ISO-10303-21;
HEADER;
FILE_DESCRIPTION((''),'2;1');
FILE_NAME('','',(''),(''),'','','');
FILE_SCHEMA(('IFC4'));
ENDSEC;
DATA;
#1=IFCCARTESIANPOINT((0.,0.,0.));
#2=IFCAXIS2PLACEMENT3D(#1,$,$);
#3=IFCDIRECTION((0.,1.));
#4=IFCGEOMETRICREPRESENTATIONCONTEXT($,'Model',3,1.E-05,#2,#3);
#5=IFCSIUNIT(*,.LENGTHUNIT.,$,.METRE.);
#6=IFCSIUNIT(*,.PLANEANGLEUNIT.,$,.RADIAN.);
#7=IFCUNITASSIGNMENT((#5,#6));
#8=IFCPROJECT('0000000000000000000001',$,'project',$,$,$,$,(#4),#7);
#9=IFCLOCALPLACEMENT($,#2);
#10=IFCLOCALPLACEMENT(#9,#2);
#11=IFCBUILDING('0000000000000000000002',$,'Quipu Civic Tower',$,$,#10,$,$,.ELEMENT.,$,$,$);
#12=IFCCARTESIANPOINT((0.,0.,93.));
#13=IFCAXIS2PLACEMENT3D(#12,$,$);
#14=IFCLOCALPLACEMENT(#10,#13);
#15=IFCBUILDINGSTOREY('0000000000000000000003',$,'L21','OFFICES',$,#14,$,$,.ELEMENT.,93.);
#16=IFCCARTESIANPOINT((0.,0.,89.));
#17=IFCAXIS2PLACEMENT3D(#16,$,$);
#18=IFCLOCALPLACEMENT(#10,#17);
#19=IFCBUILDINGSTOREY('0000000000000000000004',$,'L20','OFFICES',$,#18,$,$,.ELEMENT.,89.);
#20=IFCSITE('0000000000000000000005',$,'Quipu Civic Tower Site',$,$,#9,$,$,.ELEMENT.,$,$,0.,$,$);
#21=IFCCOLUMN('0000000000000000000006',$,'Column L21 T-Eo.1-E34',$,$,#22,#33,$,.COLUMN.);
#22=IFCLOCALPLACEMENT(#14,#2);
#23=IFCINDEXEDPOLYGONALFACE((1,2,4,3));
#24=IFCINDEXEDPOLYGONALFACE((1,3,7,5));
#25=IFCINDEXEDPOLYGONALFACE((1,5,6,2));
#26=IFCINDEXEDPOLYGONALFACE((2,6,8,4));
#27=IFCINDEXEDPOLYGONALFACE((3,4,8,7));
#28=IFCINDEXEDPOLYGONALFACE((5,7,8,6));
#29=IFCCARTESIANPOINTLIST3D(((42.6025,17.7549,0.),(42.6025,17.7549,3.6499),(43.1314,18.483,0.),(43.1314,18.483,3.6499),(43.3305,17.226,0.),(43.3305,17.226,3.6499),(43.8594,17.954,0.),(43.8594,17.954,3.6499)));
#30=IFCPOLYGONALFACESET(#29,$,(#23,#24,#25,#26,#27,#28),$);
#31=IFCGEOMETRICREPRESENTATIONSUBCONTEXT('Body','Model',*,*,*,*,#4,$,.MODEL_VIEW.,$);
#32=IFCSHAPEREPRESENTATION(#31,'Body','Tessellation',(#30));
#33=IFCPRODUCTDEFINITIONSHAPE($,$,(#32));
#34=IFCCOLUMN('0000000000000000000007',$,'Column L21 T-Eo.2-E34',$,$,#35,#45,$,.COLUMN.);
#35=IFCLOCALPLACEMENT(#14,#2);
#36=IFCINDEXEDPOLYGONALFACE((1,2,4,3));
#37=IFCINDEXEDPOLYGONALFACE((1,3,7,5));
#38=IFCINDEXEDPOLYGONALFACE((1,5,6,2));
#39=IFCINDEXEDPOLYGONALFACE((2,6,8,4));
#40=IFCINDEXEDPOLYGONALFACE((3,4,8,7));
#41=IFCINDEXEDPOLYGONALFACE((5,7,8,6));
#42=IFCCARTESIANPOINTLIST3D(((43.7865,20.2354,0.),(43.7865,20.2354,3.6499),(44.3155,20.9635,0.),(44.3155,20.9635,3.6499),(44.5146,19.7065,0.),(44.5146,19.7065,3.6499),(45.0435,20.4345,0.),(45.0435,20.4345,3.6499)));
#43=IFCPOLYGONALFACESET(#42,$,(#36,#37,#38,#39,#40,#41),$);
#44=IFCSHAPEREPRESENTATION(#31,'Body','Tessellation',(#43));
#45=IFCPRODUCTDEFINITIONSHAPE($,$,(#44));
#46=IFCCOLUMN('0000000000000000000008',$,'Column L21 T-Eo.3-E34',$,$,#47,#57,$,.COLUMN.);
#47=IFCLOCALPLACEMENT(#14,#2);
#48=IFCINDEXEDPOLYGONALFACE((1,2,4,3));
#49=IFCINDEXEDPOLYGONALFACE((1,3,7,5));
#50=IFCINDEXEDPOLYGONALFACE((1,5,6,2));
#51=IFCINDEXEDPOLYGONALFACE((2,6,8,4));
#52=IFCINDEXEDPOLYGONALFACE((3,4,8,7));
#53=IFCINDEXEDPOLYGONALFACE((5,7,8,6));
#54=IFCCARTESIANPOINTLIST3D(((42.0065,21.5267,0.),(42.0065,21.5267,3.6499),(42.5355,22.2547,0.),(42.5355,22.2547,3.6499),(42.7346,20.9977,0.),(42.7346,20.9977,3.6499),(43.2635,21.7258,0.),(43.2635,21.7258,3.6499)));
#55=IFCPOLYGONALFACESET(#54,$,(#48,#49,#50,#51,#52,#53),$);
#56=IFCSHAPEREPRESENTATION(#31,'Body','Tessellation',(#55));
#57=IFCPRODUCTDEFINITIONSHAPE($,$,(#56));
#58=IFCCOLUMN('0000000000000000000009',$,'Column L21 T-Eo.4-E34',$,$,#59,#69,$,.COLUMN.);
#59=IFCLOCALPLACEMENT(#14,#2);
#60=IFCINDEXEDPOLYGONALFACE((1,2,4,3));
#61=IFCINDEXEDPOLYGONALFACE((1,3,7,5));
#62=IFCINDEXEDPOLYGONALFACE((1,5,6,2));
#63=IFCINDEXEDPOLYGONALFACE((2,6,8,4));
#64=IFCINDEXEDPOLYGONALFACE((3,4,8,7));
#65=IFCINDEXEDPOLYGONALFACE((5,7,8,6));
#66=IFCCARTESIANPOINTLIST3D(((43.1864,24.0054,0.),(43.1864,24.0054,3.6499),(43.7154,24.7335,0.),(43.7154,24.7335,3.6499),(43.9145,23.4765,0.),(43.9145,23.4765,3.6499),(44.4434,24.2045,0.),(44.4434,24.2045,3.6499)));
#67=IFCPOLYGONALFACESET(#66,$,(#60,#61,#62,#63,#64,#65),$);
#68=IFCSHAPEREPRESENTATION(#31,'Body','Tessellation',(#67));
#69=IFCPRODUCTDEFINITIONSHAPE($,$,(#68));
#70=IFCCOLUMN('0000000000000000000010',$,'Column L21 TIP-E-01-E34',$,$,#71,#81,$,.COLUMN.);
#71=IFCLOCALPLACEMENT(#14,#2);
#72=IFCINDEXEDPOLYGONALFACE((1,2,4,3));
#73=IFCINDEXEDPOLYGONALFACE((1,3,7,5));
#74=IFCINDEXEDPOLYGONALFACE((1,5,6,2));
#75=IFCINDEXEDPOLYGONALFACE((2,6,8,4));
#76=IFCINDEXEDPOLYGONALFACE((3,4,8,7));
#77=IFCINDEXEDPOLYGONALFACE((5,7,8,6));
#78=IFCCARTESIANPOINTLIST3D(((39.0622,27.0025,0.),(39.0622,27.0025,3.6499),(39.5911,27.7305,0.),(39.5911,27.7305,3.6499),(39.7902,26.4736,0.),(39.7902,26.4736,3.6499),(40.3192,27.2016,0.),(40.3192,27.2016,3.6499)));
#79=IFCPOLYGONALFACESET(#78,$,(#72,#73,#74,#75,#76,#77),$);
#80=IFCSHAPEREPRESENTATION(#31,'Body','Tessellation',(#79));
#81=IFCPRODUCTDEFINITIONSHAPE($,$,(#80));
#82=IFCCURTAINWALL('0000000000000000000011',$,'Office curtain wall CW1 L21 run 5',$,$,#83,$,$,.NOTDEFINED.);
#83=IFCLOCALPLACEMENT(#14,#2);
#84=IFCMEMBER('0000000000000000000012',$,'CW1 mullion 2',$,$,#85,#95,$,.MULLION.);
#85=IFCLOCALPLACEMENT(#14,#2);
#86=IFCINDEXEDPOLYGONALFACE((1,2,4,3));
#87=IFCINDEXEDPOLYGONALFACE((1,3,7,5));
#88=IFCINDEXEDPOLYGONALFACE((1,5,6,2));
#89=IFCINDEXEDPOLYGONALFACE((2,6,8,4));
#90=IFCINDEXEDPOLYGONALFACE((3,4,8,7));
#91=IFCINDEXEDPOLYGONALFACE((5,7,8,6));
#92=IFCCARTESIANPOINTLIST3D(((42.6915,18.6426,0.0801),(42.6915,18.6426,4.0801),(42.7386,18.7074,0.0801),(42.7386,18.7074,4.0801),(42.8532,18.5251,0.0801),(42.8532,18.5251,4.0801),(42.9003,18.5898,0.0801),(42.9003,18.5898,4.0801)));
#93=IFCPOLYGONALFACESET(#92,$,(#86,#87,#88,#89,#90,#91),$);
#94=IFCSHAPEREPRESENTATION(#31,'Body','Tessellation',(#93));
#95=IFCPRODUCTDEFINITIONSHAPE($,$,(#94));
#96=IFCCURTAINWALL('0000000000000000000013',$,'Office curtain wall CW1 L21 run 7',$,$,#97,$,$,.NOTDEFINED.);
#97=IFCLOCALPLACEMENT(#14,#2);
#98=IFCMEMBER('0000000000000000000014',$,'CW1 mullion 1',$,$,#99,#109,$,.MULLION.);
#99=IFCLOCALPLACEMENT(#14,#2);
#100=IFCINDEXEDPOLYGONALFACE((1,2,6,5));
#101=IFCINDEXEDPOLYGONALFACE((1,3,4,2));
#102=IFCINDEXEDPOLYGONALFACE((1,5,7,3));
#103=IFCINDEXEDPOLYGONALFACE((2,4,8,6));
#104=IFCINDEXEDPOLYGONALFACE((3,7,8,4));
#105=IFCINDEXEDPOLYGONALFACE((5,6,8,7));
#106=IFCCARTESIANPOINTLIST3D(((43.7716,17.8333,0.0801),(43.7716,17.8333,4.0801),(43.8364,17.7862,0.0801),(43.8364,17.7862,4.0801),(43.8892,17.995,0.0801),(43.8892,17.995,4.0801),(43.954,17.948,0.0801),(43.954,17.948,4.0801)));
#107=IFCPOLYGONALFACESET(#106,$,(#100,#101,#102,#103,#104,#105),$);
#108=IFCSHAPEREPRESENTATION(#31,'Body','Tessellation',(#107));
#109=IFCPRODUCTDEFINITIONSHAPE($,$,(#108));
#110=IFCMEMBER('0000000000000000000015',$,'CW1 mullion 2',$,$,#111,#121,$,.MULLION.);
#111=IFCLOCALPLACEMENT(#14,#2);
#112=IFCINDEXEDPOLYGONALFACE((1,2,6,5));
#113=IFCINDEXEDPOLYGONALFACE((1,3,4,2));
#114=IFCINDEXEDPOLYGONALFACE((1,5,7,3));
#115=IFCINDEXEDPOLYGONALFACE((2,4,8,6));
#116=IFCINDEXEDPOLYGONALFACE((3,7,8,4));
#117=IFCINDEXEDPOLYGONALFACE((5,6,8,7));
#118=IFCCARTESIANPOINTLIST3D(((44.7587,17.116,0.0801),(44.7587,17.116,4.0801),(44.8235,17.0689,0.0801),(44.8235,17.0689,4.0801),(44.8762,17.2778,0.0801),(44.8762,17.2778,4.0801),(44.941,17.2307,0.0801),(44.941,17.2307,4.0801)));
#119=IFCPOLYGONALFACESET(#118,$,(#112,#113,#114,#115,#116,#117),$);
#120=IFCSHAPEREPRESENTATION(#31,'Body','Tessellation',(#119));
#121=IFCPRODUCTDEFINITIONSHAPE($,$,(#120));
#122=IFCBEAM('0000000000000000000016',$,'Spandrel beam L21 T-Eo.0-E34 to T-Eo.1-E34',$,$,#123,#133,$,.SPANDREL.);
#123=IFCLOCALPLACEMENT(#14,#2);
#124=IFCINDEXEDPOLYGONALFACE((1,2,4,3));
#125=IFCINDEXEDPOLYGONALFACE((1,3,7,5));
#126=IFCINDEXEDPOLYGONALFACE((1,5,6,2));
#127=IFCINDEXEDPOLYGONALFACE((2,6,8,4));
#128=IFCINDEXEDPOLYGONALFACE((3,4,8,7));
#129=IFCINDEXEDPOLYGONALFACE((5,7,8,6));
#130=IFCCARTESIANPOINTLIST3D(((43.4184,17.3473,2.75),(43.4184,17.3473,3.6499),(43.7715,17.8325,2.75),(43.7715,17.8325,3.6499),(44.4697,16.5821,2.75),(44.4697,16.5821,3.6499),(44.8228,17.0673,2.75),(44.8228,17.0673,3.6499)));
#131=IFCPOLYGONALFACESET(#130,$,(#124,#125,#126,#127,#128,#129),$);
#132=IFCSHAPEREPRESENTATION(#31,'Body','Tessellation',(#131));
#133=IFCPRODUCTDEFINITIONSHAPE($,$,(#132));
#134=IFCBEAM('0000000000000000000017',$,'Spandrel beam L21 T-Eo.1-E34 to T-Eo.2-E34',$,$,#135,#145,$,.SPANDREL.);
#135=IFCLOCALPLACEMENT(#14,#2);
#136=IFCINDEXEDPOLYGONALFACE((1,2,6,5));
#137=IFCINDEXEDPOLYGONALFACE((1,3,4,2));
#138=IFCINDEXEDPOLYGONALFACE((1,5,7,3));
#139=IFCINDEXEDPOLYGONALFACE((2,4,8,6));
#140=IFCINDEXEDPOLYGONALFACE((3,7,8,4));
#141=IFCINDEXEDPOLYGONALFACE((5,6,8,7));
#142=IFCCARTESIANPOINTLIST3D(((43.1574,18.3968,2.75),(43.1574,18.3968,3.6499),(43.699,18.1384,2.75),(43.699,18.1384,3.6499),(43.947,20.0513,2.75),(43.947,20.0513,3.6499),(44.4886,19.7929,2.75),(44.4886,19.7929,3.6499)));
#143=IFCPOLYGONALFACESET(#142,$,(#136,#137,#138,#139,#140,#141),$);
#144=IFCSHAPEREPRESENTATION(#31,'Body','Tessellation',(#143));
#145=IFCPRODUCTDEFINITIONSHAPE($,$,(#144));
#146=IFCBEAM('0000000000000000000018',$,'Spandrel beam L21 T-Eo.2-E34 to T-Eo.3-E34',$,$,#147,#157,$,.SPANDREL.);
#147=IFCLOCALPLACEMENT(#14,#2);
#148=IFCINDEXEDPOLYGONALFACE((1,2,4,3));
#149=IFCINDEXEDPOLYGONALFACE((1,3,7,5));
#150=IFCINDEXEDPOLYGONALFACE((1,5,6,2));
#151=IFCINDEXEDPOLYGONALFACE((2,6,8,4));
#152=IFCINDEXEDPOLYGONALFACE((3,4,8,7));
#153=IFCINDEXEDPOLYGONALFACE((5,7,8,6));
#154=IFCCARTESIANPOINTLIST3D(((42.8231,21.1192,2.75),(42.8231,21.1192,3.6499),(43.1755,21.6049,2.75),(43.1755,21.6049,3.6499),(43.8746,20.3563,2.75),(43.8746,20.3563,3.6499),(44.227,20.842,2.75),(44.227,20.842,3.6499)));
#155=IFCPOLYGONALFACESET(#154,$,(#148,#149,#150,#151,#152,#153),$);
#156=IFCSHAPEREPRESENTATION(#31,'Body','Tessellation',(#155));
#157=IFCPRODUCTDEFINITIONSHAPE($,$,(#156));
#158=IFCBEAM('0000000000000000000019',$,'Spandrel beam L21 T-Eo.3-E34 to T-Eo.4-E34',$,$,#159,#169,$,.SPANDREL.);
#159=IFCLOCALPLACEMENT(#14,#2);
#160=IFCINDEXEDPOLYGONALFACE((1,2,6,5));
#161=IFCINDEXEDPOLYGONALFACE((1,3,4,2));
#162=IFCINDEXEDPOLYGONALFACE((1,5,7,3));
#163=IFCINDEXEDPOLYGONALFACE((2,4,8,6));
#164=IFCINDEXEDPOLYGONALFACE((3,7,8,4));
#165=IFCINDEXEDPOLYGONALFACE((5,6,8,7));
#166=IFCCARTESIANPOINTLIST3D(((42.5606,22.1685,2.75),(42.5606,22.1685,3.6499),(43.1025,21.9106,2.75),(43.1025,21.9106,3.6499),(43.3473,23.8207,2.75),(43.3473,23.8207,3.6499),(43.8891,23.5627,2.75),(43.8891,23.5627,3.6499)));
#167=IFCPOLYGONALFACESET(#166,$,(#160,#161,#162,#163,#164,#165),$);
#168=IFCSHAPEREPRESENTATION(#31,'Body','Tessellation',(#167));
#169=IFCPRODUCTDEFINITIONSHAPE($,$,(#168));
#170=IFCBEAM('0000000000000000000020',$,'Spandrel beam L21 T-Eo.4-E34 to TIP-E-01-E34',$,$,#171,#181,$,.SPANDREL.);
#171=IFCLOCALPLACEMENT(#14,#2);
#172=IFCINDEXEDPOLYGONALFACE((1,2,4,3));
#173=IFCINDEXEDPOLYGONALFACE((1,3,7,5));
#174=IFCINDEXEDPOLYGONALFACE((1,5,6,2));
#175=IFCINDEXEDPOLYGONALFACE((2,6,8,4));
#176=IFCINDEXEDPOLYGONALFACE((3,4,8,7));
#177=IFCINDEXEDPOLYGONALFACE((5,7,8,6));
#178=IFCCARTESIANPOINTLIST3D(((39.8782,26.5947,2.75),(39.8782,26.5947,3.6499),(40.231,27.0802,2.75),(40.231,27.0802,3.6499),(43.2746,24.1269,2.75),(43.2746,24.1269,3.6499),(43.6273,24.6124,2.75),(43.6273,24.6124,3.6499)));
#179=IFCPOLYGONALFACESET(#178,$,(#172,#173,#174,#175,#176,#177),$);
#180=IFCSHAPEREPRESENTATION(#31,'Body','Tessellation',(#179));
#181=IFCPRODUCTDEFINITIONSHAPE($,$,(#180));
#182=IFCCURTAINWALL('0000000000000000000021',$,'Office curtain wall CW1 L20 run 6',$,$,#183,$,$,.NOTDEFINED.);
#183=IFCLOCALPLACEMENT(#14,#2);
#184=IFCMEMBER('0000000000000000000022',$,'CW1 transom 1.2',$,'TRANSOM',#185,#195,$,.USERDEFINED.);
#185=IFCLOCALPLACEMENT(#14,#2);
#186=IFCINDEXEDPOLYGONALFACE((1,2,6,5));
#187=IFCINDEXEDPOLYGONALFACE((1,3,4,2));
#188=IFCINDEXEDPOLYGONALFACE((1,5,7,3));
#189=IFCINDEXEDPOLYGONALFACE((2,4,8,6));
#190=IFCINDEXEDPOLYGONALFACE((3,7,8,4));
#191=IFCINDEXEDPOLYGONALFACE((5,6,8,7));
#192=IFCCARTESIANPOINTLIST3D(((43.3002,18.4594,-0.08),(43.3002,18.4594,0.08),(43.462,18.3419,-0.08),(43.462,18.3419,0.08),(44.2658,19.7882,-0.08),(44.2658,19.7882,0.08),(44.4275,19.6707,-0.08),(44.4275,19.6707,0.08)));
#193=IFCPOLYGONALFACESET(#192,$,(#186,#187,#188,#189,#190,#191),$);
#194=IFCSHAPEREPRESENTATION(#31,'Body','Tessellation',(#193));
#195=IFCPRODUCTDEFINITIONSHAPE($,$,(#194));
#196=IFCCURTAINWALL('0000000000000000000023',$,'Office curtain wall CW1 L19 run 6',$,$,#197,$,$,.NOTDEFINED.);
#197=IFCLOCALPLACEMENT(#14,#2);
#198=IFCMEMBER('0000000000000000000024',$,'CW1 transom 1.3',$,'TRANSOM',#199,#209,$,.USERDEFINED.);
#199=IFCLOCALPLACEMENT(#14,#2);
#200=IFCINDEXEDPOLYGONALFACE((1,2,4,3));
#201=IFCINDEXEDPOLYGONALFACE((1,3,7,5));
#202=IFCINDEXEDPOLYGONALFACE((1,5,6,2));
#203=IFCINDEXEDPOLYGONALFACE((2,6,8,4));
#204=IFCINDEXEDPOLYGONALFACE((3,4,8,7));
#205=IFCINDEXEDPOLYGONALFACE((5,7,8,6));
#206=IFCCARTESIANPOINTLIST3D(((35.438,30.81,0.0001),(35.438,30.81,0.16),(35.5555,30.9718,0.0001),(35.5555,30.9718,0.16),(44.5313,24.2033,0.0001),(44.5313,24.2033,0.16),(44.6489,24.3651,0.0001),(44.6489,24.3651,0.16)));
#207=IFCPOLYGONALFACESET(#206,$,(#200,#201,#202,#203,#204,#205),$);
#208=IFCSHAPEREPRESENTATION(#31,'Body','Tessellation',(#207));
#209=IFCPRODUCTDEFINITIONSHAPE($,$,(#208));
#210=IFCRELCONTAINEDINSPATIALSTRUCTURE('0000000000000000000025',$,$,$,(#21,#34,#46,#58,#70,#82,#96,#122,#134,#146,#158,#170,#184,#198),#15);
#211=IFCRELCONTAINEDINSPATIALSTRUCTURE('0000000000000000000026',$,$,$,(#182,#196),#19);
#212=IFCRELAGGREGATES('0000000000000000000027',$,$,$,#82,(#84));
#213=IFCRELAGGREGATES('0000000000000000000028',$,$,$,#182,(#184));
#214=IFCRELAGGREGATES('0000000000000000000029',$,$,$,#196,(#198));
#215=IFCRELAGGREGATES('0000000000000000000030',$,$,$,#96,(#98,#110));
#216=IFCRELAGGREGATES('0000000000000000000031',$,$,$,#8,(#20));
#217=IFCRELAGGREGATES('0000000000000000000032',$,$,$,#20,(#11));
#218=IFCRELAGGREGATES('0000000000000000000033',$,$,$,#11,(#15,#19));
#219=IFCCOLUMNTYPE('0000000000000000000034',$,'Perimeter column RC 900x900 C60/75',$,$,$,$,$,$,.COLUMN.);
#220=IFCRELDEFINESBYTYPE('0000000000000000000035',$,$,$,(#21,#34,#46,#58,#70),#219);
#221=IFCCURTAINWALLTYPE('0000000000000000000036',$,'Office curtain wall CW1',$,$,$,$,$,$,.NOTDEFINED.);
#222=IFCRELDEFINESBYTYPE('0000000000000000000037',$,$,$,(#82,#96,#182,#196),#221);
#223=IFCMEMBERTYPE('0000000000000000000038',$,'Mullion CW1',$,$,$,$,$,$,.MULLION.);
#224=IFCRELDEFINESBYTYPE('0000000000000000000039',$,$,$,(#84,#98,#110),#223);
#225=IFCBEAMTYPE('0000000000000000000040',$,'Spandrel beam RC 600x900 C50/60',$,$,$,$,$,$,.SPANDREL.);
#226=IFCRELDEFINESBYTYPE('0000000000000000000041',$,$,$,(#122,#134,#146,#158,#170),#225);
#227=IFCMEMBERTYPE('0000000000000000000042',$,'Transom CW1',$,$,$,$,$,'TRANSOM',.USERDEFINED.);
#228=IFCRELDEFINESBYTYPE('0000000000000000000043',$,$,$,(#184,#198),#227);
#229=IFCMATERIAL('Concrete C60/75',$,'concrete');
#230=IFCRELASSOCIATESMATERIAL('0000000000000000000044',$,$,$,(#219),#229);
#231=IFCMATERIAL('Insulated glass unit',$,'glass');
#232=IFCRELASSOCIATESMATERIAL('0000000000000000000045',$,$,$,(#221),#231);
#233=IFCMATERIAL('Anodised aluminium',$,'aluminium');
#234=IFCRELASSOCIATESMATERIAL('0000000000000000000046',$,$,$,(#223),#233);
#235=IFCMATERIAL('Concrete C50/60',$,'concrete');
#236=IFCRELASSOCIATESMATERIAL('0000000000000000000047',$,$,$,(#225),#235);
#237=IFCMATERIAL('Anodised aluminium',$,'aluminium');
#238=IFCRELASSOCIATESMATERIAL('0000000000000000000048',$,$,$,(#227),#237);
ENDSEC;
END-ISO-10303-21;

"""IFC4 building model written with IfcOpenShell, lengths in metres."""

from ifc_helpers import new_model, si_unit, direction, frame, origin, origin_2d, place, context, subcontext, project, spatial, rectangle, extrude, material, material_profile, profile_set, type_object, element, aggregate, save


model = new_model("IFC4")

# Units and contexts
model_context = context("Model", 3, precision=1e-05, world=origin(), true_north=direction((0.0, 1.0)))
body_context = subcontext(model_context, "Body", "Model", "MODEL_VIEW")
ifc_project = project(units=[si_unit("LENGTHUNIT", "METRE"), si_unit("PLANEANGLEUNIT", "RADIAN")], contexts=[model_context])

# Site, building, storey
site_placement = place(None, origin())
site = spatial("IfcSite", under=ifc_project, at=site_placement, Name="Quipu Civic Tower Site", CompositionType="ELEMENT", RefElevation=0.0)
building_placement = place(site_placement, origin())
building = spatial("IfcBuilding", under=site, at=building_placement, Name="Quipu Civic Tower", CompositionType="ELEMENT")
storey_1_placement = place(building_placement, frame((0.0, 0.0, 93.0)))
storey_1 = spatial("IfcBuildingStorey", under=building, at=storey_1_placement, Name="L21", Description="OFFICES", CompositionType="ELEMENT", Elevation=93.0)

# Columns
ifc_material_1 = material(Name="Concrete C60/75", Category="concrete")
ifc_material_profile_1 = material_profile(ifc_material_1, rectangle(XDim=0.8999, YDim=0.8999, at=origin_2d()), Name="RC900x900")
ifc_profile_set_1 = profile_set([ifc_material_profile_1], Name="Concrete C60/75")
column_type = type_object("IfcColumnType", Name="Perimeter column RC 900x900 C60/75", PredefinedType="COLUMN", material=ifc_profile_set_1)
for number, where, z_axis, x_axis, name in (
    (1, (43.231, 17.8545, 0.0), (0.0, 0.0, 1.0), (0.587785, 0.809017, 0.0), "Column L21 T-Eo.1-E34"),
    (2, (44.415, 20.335, 0.0), (0.0, 0.0, 1.0), (0.587785, 0.809017, 0.0), "Column L21 T-Eo.2-E34"),
    (3, (42.635, 21.6262, 0.0), (0.0, 0.0, 1.0), (-0.809017, 0.587785, 0.0), "Column L21 T-Eo.3-E34"),
    (4, (43.8149, 24.105, 0.0), (0.0, 0.0, 1.0), (-0.809017, 0.587785, 0.0), "Column L21 T-Eo.4-E34"),
    (5, (39.6907, 27.1021, 0.0), (0.0, 0.0, 1.0), (-0.809017, 0.587785, 0.0), "Column L21 TIP-E-01-E34"),
):
    element("IfcColumn", number, at=place(storey_1_placement, frame(where, z_axis=z_axis, x_axis=x_axis)), inside=storey_1, type_object=column_type, Name=name, PredefinedType="COLUMN", context=body_context, shape_type="SweptSolid", body=[
        extrude(rectangle(XDim=0.8999, YDim=0.8999, at=origin_2d()), origin(), (0.0, 0.0, 1.0), 3.6499),
    ])

# Curtain wall, member
ifc_material_2 = material(Name="Insulated glass unit", Category="glass")
curtain_wall_type = type_object("IfcCurtainWallType", Name="Office curtain wall CW1", PredefinedType="NOTDEFINED", material=ifc_material_2)
curtain_wall_1_placement = place(storey_1_placement, origin())
curtain_wall_1 = element("IfcCurtainWall", 6, at=curtain_wall_1_placement, inside=storey_1, type_object=curtain_wall_type, Name="Office curtain wall CW1 L21 run 5", PredefinedType="NOTDEFINED")
ifc_material_3 = material(Name="Anodised aluminium", Category="aluminium")
ifc_material_profile_2 = material_profile(ifc_material_3, rectangle(XDim=0.2, YDim=0.0801, at=origin_2d()), Name="RECT 200x80")
ifc_profile_set_2 = profile_set([ifc_material_profile_2], Name="Anodised aluminium")
member_type_1 = type_object("IfcMemberType", Name="Mullion CW1", PredefinedType="MULLION", material=ifc_profile_set_2)
member_1_placement = place(storey_1_placement, frame((42.7959, 18.6162, 0.0801), z_axis=(0.0, 0.0, 1.0), x_axis=(-0.809018, 0.587784, 0.0)))
member_1 = element("IfcMember", 7, at=member_1_placement, type_object=member_type_1, Name="CW1 mullion 2", PredefinedType="MULLION", context=body_context, shape_type="SweptSolid", body=[
    extrude(rectangle(XDim=0.2, YDim=0.0801, at=origin_2d()), origin(), (0.0, 0.0, 1.0), 4.0),
])
aggregate(curtain_wall_1, [member_1])

# Curtain wall, members
curtain_wall_2_placement = place(storey_1_placement, origin())
curtain_wall_2 = element("IfcCurtainWall", 8, at=curtain_wall_2_placement, inside=storey_1, type_object=curtain_wall_type, Name="Office curtain wall CW1 L21 run 7", PredefinedType="NOTDEFINED")
member_2_placement = place(storey_1_placement, frame((43.8628, 17.8906, 0.0801), z_axis=(0.0, 0.0, 1.0), x_axis=(0.58781, 0.808999, 0.0)))
member_2 = element("IfcMember", 9, at=member_2_placement, type_object=member_type_1, Name="CW1 mullion 1", PredefinedType="MULLION", context=body_context, shape_type="SweptSolid", body=[
    extrude(rectangle(XDim=0.2, YDim=0.0801, at=origin_2d()), origin(), (0.0, 0.0, 1.0), 4.0),
])
member_3_placement = place(storey_1_placement, frame((44.8499, 17.1733, 0.0801), z_axis=(0.0, 0.0, 1.0), x_axis=(0.58781, 0.808999, 0.0)))
member_3 = element("IfcMember", 10, at=member_3_placement, type_object=member_type_1, Name="CW1 mullion 2", PredefinedType="MULLION", context=body_context, shape_type="SweptSolid", body=[
    extrude(rectangle(XDim=0.2, YDim=0.0801, at=origin_2d()), origin(), (0.0, 0.0, 1.0), 4.0),
])

# Beams
ifc_material_4 = material(Name="Concrete C50/60", Category="concrete")
ifc_material_profile_3 = material_profile(ifc_material_4, rectangle(XDim=0.6001, YDim=0.8999, at=origin_2d()), Name="RC600x900")
ifc_profile_set_3 = profile_set([ifc_material_profile_3], Name="Concrete C50/60")
beam_type = type_object("IfcBeamType", Name="Spandrel beam RC 600x900 C50/60", PredefinedType="SPANDREL", material=ifc_profile_set_3)
beam_1_placement = place(storey_1_placement, frame((44.6462, 16.8247, 3.2), z_axis=(-0.808525, 0.588462, 0.0), x_axis=(-0.588462, -0.808525, 0.0)))
element("IfcBeam", 11, at=beam_1_placement, inside=storey_1, type_object=beam_type, Name="Spandrel beam L21 T-Eo.0-E34 to T-Eo.1-E34", PredefinedType="SPANDREL", context=body_context, shape_type="SweptSolid", body=[
    extrude(rectangle(XDim=0.6001, YDim=0.8999, at=origin_2d()), origin(), (0.0, 0.0, 1.0), 1.3003),
])
beam_2_placement = place(storey_1_placement, frame((43.4282, 18.2676, 3.2), z_axis=(0.430678, 0.902506, 0.0), x_axis=(-0.902506, 0.430678, 0.0)))
element("IfcBeam", 12, at=beam_2_placement, inside=storey_1, type_object=beam_type, Name="Spandrel beam L21 T-Eo.1-E34 to T-Eo.2-E34", PredefinedType="SPANDREL", context=body_context, shape_type="SweptSolid", body=[
    extrude(rectangle(XDim=0.6001, YDim=0.8999, at=origin_2d()), origin(), (0.0, 0.0, 1.0), 1.8333),
])
beam_3_placement = place(storey_1_placement, frame((44.0508, 20.5991, 3.2), z_axis=(-0.809394, 0.587266, 0.0), x_axis=(-0.587266, -0.809394, 0.0)))
element("IfcBeam", 13, at=beam_3_placement, inside=storey_1, type_object=beam_type, Name="Spandrel beam L21 T-Eo.2-E34 to T-Eo.3-E34", PredefinedType="SPANDREL", context=body_context, shape_type="SweptSolid", body=[
    extrude(rectangle(XDim=0.6001, YDim=0.8999, at=origin_2d()), origin(), (0.0, 0.0, 1.0), 1.2991),
])
beam_4_placement = place(storey_1_placement, frame((42.8315, 22.0396, 3.2), z_axis=(0.429892, 0.90288, 0.0), x_axis=(-0.90288, 0.429892, 0.0)))
element("IfcBeam", 14, at=beam_4_placement, inside=storey_1, type_object=beam_type, Name="Spandrel beam L21 T-Eo.3-E34 to T-Eo.4-E34", PredefinedType="SPANDREL", context=body_context, shape_type="SweptSolid", body=[
    extrude(rectangle(XDim=0.6001, YDim=0.8999, at=origin_2d()), origin(), (0.0, 0.0, 1.0), 1.8298),
])
beam_5_placement = place(storey_1_placement, frame((43.4509, 24.3696, 3.2), z_axis=(-0.808987, 0.587826, 0.0), x_axis=(-0.587826, -0.808987, 0.0)))
element("IfcBeam", 15, at=beam_5_placement, inside=storey_1, type_object=beam_type, Name="Spandrel beam L21 T-Eo.4-E34 to TIP-E-01-E34", PredefinedType="SPANDREL", context=body_context, shape_type="SweptSolid", body=[
    extrude(rectangle(XDim=0.6001, YDim=0.8999, at=origin_2d()), origin(), (0.0, 0.0, 1.0), 4.1982),
])

# Shared definitions
storey_2_placement = place(building_placement, frame((0.0, 0.0, 89.0)))
storey_2 = spatial("IfcBuildingStorey", under=building, at=storey_2_placement, Name="L20", Description="OFFICES", CompositionType="ELEMENT", Elevation=89.0)

# Curtain walls, members
curtain_wall_3_placement = place(storey_2_placement, origin())
curtain_wall_3 = element("IfcCurtainWall", 16, at=curtain_wall_3_placement, inside=storey_2, type_object=curtain_wall_type, Name="Office curtain wall CW1 L20 run 6", PredefinedType="NOTDEFINED")
ifc_material_5 = material(Name="Anodised aluminium", Category="aluminium")
ifc_material_profile_4 = material_profile(ifc_material_5, rectangle(XDim=0.2, YDim=0.1599, at=origin_2d()), Name="RECT 200x160")
ifc_profile_set_4 = profile_set([ifc_material_profile_4], Name="Anodised aluminium")
member_type_2 = type_object("IfcMemberType", Name="Transom CW1", ElementType="TRANSOM", PredefinedType="USERDEFINED", material=ifc_profile_set_4)
member_4_placement = place(storey_1_placement, frame((43.3811, 18.4006, 0.0), z_axis=(0.587827, 0.808987, 0.0), x_axis=(-0.808987, 0.587827, 0.0)))
member_4 = element("IfcMember", 17, at=member_4_placement, inside=storey_1, type_object=member_type_2, Name="CW1 transom 1.2", ObjectType="TRANSOM", PredefinedType="USERDEFINED", context=body_context, shape_type="SweptSolid", body=[
    extrude(rectangle(XDim=0.2, YDim=0.1599, at=origin_2d()), origin(), (0.0, 0.0, 1.0), 1.6426),
])
aggregate(curtain_wall_3, [member_4])
curtain_wall_4_placement = place(storey_2_placement, origin())
curtain_wall_4 = element("IfcCurtainWall", 18, at=curtain_wall_4_placement, inside=storey_2, type_object=curtain_wall_type, Name="Office curtain wall CW1 L19 run 6", PredefinedType="NOTDEFINED")
member_5_placement = place(storey_1_placement, frame((44.5901, 24.2842, 0.0801), z_axis=(-0.809015, 0.587788, 0.0), x_axis=(-0.587788, -0.809015, 0.0)))
member_5 = element("IfcMember", 19, at=member_5_placement, inside=storey_1, type_object=member_type_2, Name="CW1 transom 1.3", ObjectType="TRANSOM", PredefinedType="USERDEFINED", context=body_context, shape_type="SweptSolid", body=[
    extrude(rectangle(XDim=0.2, YDim=0.1599, at=origin_2d()), origin(), (0.0, 0.0, 1.0), 11.24),
])

aggregate(curtain_wall_4, [member_5])
aggregate(curtain_wall_2, [member_2, member_3])

save(model, "model.ifc")
